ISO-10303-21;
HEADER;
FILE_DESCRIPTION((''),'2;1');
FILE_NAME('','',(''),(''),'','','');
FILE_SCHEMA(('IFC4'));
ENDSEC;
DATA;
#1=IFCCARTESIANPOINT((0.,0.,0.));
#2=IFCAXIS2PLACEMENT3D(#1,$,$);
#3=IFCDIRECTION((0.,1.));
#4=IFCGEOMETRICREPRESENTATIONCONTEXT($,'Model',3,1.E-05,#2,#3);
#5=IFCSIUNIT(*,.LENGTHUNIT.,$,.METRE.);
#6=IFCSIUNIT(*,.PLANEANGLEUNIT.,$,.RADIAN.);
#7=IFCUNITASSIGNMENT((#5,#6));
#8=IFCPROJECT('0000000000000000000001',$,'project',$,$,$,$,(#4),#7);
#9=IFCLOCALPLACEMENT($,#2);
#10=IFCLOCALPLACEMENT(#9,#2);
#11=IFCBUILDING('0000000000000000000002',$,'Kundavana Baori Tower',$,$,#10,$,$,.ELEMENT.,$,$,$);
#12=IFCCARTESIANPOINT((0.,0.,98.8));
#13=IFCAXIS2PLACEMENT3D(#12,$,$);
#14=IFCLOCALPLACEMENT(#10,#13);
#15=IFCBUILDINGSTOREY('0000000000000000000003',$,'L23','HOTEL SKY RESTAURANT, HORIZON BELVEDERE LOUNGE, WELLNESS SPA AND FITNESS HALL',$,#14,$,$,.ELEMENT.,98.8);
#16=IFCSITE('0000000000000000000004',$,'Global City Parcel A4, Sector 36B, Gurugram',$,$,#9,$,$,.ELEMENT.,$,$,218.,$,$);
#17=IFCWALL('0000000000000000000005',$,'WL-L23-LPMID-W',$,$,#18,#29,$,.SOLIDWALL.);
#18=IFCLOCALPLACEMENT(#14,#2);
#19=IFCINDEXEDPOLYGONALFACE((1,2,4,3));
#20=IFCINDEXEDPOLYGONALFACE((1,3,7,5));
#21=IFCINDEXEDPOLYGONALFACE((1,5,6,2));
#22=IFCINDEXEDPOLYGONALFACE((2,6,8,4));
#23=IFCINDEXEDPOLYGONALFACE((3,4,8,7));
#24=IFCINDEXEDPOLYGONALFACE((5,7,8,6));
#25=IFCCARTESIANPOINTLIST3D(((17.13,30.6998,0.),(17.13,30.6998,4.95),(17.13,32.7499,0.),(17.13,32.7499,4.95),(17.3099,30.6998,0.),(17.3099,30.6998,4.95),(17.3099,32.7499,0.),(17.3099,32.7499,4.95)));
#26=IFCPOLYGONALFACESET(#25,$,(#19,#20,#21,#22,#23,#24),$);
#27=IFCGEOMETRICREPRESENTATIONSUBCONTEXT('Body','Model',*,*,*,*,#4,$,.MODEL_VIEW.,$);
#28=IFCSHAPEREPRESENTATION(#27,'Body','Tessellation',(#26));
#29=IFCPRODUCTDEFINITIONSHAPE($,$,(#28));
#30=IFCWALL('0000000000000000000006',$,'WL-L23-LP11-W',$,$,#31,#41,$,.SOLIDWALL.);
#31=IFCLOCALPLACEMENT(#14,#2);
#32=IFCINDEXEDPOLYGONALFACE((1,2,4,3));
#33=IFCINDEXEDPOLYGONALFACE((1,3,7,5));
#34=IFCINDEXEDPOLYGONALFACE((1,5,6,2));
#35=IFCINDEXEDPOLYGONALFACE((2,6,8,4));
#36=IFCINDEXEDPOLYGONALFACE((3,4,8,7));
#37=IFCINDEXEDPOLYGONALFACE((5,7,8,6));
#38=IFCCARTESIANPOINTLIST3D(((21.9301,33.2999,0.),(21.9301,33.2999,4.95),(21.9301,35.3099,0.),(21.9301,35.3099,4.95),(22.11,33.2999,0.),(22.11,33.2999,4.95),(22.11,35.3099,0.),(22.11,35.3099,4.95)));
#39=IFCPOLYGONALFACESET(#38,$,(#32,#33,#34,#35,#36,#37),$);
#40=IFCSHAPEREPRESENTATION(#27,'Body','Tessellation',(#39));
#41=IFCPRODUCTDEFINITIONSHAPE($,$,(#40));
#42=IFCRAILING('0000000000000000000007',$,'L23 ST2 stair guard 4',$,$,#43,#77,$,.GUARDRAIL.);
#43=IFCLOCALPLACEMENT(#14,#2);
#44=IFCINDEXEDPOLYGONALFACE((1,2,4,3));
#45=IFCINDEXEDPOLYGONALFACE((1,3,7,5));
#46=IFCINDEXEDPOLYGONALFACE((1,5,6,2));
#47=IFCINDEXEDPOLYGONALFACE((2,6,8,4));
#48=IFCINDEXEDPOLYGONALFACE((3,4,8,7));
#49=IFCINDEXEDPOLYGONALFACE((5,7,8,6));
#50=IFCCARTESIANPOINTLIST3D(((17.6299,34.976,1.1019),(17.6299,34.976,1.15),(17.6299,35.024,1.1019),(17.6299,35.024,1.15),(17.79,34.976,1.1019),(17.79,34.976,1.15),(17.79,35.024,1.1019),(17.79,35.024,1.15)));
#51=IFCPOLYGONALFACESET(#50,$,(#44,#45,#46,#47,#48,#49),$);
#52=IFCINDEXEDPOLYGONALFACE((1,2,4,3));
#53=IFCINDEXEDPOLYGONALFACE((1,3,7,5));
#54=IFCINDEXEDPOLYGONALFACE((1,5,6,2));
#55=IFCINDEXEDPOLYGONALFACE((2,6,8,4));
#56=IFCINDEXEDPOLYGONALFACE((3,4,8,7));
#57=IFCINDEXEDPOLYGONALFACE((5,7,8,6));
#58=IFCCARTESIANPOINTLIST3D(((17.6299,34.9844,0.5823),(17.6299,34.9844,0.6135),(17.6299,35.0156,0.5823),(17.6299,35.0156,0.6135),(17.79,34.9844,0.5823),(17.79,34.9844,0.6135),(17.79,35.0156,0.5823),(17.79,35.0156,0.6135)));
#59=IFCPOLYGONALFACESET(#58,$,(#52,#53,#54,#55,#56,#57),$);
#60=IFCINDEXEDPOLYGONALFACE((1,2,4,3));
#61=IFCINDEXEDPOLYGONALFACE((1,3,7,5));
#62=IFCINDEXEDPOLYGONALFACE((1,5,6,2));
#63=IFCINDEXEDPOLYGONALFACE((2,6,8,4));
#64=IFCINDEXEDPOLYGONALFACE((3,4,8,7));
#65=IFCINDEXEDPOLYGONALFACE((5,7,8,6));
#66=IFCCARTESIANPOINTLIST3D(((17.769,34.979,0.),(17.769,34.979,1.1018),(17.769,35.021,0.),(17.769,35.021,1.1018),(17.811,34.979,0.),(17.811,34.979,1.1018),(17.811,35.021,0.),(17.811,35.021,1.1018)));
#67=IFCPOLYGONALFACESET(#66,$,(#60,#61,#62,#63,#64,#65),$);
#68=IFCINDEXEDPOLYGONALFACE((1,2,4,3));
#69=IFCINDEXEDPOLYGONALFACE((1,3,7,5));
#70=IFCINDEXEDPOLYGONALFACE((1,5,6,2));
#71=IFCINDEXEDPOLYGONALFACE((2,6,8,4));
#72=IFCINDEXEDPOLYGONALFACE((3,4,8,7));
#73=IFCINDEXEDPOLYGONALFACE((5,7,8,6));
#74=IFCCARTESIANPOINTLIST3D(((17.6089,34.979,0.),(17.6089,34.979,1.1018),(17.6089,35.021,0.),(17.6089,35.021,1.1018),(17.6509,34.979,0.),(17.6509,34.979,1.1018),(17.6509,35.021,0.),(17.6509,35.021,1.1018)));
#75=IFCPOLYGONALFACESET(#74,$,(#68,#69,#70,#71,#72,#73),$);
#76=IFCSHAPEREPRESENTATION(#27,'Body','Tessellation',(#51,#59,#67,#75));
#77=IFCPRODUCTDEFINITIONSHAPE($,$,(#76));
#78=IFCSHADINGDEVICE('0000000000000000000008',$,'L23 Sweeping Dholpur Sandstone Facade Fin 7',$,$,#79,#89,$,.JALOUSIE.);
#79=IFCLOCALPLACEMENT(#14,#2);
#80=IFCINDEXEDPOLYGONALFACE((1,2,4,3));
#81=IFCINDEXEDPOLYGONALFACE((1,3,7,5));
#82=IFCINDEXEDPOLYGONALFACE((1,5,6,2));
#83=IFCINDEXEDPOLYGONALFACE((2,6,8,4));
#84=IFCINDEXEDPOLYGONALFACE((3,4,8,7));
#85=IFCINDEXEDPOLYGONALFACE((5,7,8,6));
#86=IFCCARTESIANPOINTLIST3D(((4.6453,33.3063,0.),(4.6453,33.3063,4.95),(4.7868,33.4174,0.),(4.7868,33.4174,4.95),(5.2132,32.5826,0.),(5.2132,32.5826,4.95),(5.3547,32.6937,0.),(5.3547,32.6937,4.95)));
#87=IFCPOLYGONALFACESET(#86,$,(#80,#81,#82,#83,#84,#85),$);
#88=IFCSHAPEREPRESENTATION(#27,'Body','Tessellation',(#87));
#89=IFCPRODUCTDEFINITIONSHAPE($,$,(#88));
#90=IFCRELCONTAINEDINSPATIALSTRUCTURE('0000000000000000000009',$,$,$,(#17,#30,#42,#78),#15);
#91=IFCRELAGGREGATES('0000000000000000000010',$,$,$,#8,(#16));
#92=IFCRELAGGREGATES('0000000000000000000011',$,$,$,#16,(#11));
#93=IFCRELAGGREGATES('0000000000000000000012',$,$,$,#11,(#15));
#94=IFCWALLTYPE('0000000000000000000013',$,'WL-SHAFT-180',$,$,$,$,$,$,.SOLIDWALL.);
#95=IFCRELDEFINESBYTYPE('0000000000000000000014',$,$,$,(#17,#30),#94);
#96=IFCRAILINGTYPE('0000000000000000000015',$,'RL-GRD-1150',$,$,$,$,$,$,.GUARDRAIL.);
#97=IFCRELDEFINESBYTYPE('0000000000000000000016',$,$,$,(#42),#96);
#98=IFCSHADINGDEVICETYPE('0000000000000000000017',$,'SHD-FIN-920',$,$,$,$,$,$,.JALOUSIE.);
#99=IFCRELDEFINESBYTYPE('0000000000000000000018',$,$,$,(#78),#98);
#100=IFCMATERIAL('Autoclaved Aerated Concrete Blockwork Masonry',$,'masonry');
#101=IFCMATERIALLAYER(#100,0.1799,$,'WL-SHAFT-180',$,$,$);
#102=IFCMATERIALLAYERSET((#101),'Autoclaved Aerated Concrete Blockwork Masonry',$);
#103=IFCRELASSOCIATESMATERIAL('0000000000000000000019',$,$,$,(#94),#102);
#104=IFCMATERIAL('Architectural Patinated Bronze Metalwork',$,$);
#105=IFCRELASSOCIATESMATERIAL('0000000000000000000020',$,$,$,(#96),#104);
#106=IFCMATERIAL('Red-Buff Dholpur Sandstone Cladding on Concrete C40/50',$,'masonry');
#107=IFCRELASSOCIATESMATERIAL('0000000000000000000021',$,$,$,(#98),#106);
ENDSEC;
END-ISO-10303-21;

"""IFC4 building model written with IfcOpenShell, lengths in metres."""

from ifc_helpers import new_model, si_unit, direction, frame, frame_2d, origin, origin_2d, place, context, subcontext, project, spatial, rectangle, extrude, material, layer, layer_set, type_object, element, save


model = new_model("IFC4")

# Units and contexts
model_context = context("Model", 3, precision=1e-05, world=origin(), true_north=direction((0.0, 1.0)))
body_context = subcontext(model_context, "Body", "Model", "MODEL_VIEW")
ifc_project = project(units=[si_unit("LENGTHUNIT", "METRE"), si_unit("PLANEANGLEUNIT", "RADIAN")], contexts=[model_context])

# Site, building, storey
site_placement = place(None, origin())
site = spatial("IfcSite", under=ifc_project, at=site_placement, Name="Global City Parcel A4, Sector 36B, Gurugram", CompositionType="ELEMENT", RefElevation=218.0)
building_placement = place(site_placement, origin())
building = spatial("IfcBuilding", under=site, at=building_placement, Name="Kundavana Baori Tower", CompositionType="ELEMENT")
storey_placement = place(building_placement, frame((0.0, 0.0, 98.8)))
storey = spatial("IfcBuildingStorey", under=building, at=storey_placement, Name="L23", Description="HOTEL SKY RESTAURANT, HORIZON BELVEDERE LOUNGE, WELLNESS SPA AND FITNESS HALL", CompositionType="ELEMENT", Elevation=98.8)

# Shared definitions
ifc_material_1 = material(Name="Autoclaved Aerated Concrete Blockwork Masonry", Category="masonry")
ifc_layer_1 = layer(ifc_material_1, 0.1799, Name="WL-SHAFT-180")
ifc_layer_set_1 = layer_set([ifc_layer_1], Name="Autoclaved Aerated Concrete Blockwork Masonry")
wall_type_1 = type_object("IfcWallType", Name="WL-SHAFT-180", PredefinedType="SOLIDWALL", material=ifc_layer_set_1)

# Walls
wall_1_placement = place(storey_placement, frame((17.22, 30.7, 0.0), z_axis=(0.0, 0.0, 1.0), x_axis=(0.0, 1.0, 0.0)))
element("IfcWall", 1, at=wall_1_placement, inside=storey, type_object=wall_type_1, Name="WL-L23-LPMID-W", PredefinedType="SOLIDWALL", context=body_context, shape_type="SweptSolid", body=[
    extrude(rectangle(XDim=2.05, YDim=0.1799, at=frame_2d((1.0249, 0.0))), origin(), (0.0, 0.0, 1.0), 4.95),
])
wall_2_placement = place(storey_placement, frame((22.02, 33.3, 0.0), z_axis=(0.0, 0.0, 1.0), x_axis=(0.0, 1.0, 0.0)))
element("IfcWall", 2, at=wall_2_placement, inside=storey, type_object=wall_type_1, Name="WL-L23-LP11-W", PredefinedType="SOLIDWALL", context=body_context, shape_type="SweptSolid", body=[
    extrude(rectangle(XDim=2.01, YDim=0.1799, at=frame_2d((1.0049, 0.0))), origin(), (0.0, 0.0, 1.0), 4.95),
])

# Railing
ifc_material_2 = material(Name="Architectural Patinated Bronze Metalwork")
railing_type = type_object("IfcRailingType", Name="RL-GRD-1150", PredefinedType="GUARDRAIL", material=ifc_material_2)
railing_placement = place(storey_placement, frame((17.79, 35.0, 0.0)))
element("IfcRailing", 3, at=railing_placement, inside=storey, type_object=railing_type, Name="L23 ST2 stair guard 4", PredefinedType="GUARDRAIL", context=body_context, shape_type="SweptSolid", body=[
    extrude(rectangle(XDim=0.0481, YDim=0.0481, at=origin_2d()), frame((0.0, 0.0, 1.126), z_axis=(-1.0, 0.0, 0.0), x_axis=(0.0, -1.0, 0.0)), (0.0, 0.0, 1.0), 0.1602),
    extrude(rectangle(XDim=0.0312, YDim=0.0312, at=origin_2d()), frame((0.0, 0.0, 0.5979), z_axis=(-1.0, 0.0, 0.0), x_axis=(0.0, -1.0, 0.0)), (0.0, 0.0, 1.0), 0.1602),
    extrude(rectangle(XDim=0.042, YDim=0.042, at=origin_2d()), origin(), (0.0, 0.0, 1.0), 1.1018),
    extrude(rectangle(XDim=0.042, YDim=0.042, at=origin_2d()), frame((-0.1602, 0.0, 0.0)), (0.0, 0.0, 1.0), 1.1018),
])

# Shading device
ifc_material_3 = material(Name="Red-Buff Dholpur Sandstone Cladding on Concrete C40/50", Category="masonry")
shading_device_type = type_object("IfcShadingDeviceType", Name="SHD-FIN-920", PredefinedType="JALOUSIE", material=ifc_material_3)
shading_device_placement = place(storey_placement, frame((5.0, 33.0, 0.0), z_axis=(0.0, 0.0, 1.0), x_axis=(0.78672, 0.617311, 0.0)))
element("IfcShadingDevice", 4, at=shading_device_placement, inside=storey, type_object=shading_device_type, Name="L23 Sweeping Dholpur Sandstone Facade Fin 7", PredefinedType="JALOUSIE", context=body_context, shape_type="SweptSolid", body=[
    extrude(rectangle(XDim=0.1799, YDim=0.9199, at=origin_2d()), origin(), (0.0, 0.0, 1.0), 4.95),
])

save(model, "model.ifc")
